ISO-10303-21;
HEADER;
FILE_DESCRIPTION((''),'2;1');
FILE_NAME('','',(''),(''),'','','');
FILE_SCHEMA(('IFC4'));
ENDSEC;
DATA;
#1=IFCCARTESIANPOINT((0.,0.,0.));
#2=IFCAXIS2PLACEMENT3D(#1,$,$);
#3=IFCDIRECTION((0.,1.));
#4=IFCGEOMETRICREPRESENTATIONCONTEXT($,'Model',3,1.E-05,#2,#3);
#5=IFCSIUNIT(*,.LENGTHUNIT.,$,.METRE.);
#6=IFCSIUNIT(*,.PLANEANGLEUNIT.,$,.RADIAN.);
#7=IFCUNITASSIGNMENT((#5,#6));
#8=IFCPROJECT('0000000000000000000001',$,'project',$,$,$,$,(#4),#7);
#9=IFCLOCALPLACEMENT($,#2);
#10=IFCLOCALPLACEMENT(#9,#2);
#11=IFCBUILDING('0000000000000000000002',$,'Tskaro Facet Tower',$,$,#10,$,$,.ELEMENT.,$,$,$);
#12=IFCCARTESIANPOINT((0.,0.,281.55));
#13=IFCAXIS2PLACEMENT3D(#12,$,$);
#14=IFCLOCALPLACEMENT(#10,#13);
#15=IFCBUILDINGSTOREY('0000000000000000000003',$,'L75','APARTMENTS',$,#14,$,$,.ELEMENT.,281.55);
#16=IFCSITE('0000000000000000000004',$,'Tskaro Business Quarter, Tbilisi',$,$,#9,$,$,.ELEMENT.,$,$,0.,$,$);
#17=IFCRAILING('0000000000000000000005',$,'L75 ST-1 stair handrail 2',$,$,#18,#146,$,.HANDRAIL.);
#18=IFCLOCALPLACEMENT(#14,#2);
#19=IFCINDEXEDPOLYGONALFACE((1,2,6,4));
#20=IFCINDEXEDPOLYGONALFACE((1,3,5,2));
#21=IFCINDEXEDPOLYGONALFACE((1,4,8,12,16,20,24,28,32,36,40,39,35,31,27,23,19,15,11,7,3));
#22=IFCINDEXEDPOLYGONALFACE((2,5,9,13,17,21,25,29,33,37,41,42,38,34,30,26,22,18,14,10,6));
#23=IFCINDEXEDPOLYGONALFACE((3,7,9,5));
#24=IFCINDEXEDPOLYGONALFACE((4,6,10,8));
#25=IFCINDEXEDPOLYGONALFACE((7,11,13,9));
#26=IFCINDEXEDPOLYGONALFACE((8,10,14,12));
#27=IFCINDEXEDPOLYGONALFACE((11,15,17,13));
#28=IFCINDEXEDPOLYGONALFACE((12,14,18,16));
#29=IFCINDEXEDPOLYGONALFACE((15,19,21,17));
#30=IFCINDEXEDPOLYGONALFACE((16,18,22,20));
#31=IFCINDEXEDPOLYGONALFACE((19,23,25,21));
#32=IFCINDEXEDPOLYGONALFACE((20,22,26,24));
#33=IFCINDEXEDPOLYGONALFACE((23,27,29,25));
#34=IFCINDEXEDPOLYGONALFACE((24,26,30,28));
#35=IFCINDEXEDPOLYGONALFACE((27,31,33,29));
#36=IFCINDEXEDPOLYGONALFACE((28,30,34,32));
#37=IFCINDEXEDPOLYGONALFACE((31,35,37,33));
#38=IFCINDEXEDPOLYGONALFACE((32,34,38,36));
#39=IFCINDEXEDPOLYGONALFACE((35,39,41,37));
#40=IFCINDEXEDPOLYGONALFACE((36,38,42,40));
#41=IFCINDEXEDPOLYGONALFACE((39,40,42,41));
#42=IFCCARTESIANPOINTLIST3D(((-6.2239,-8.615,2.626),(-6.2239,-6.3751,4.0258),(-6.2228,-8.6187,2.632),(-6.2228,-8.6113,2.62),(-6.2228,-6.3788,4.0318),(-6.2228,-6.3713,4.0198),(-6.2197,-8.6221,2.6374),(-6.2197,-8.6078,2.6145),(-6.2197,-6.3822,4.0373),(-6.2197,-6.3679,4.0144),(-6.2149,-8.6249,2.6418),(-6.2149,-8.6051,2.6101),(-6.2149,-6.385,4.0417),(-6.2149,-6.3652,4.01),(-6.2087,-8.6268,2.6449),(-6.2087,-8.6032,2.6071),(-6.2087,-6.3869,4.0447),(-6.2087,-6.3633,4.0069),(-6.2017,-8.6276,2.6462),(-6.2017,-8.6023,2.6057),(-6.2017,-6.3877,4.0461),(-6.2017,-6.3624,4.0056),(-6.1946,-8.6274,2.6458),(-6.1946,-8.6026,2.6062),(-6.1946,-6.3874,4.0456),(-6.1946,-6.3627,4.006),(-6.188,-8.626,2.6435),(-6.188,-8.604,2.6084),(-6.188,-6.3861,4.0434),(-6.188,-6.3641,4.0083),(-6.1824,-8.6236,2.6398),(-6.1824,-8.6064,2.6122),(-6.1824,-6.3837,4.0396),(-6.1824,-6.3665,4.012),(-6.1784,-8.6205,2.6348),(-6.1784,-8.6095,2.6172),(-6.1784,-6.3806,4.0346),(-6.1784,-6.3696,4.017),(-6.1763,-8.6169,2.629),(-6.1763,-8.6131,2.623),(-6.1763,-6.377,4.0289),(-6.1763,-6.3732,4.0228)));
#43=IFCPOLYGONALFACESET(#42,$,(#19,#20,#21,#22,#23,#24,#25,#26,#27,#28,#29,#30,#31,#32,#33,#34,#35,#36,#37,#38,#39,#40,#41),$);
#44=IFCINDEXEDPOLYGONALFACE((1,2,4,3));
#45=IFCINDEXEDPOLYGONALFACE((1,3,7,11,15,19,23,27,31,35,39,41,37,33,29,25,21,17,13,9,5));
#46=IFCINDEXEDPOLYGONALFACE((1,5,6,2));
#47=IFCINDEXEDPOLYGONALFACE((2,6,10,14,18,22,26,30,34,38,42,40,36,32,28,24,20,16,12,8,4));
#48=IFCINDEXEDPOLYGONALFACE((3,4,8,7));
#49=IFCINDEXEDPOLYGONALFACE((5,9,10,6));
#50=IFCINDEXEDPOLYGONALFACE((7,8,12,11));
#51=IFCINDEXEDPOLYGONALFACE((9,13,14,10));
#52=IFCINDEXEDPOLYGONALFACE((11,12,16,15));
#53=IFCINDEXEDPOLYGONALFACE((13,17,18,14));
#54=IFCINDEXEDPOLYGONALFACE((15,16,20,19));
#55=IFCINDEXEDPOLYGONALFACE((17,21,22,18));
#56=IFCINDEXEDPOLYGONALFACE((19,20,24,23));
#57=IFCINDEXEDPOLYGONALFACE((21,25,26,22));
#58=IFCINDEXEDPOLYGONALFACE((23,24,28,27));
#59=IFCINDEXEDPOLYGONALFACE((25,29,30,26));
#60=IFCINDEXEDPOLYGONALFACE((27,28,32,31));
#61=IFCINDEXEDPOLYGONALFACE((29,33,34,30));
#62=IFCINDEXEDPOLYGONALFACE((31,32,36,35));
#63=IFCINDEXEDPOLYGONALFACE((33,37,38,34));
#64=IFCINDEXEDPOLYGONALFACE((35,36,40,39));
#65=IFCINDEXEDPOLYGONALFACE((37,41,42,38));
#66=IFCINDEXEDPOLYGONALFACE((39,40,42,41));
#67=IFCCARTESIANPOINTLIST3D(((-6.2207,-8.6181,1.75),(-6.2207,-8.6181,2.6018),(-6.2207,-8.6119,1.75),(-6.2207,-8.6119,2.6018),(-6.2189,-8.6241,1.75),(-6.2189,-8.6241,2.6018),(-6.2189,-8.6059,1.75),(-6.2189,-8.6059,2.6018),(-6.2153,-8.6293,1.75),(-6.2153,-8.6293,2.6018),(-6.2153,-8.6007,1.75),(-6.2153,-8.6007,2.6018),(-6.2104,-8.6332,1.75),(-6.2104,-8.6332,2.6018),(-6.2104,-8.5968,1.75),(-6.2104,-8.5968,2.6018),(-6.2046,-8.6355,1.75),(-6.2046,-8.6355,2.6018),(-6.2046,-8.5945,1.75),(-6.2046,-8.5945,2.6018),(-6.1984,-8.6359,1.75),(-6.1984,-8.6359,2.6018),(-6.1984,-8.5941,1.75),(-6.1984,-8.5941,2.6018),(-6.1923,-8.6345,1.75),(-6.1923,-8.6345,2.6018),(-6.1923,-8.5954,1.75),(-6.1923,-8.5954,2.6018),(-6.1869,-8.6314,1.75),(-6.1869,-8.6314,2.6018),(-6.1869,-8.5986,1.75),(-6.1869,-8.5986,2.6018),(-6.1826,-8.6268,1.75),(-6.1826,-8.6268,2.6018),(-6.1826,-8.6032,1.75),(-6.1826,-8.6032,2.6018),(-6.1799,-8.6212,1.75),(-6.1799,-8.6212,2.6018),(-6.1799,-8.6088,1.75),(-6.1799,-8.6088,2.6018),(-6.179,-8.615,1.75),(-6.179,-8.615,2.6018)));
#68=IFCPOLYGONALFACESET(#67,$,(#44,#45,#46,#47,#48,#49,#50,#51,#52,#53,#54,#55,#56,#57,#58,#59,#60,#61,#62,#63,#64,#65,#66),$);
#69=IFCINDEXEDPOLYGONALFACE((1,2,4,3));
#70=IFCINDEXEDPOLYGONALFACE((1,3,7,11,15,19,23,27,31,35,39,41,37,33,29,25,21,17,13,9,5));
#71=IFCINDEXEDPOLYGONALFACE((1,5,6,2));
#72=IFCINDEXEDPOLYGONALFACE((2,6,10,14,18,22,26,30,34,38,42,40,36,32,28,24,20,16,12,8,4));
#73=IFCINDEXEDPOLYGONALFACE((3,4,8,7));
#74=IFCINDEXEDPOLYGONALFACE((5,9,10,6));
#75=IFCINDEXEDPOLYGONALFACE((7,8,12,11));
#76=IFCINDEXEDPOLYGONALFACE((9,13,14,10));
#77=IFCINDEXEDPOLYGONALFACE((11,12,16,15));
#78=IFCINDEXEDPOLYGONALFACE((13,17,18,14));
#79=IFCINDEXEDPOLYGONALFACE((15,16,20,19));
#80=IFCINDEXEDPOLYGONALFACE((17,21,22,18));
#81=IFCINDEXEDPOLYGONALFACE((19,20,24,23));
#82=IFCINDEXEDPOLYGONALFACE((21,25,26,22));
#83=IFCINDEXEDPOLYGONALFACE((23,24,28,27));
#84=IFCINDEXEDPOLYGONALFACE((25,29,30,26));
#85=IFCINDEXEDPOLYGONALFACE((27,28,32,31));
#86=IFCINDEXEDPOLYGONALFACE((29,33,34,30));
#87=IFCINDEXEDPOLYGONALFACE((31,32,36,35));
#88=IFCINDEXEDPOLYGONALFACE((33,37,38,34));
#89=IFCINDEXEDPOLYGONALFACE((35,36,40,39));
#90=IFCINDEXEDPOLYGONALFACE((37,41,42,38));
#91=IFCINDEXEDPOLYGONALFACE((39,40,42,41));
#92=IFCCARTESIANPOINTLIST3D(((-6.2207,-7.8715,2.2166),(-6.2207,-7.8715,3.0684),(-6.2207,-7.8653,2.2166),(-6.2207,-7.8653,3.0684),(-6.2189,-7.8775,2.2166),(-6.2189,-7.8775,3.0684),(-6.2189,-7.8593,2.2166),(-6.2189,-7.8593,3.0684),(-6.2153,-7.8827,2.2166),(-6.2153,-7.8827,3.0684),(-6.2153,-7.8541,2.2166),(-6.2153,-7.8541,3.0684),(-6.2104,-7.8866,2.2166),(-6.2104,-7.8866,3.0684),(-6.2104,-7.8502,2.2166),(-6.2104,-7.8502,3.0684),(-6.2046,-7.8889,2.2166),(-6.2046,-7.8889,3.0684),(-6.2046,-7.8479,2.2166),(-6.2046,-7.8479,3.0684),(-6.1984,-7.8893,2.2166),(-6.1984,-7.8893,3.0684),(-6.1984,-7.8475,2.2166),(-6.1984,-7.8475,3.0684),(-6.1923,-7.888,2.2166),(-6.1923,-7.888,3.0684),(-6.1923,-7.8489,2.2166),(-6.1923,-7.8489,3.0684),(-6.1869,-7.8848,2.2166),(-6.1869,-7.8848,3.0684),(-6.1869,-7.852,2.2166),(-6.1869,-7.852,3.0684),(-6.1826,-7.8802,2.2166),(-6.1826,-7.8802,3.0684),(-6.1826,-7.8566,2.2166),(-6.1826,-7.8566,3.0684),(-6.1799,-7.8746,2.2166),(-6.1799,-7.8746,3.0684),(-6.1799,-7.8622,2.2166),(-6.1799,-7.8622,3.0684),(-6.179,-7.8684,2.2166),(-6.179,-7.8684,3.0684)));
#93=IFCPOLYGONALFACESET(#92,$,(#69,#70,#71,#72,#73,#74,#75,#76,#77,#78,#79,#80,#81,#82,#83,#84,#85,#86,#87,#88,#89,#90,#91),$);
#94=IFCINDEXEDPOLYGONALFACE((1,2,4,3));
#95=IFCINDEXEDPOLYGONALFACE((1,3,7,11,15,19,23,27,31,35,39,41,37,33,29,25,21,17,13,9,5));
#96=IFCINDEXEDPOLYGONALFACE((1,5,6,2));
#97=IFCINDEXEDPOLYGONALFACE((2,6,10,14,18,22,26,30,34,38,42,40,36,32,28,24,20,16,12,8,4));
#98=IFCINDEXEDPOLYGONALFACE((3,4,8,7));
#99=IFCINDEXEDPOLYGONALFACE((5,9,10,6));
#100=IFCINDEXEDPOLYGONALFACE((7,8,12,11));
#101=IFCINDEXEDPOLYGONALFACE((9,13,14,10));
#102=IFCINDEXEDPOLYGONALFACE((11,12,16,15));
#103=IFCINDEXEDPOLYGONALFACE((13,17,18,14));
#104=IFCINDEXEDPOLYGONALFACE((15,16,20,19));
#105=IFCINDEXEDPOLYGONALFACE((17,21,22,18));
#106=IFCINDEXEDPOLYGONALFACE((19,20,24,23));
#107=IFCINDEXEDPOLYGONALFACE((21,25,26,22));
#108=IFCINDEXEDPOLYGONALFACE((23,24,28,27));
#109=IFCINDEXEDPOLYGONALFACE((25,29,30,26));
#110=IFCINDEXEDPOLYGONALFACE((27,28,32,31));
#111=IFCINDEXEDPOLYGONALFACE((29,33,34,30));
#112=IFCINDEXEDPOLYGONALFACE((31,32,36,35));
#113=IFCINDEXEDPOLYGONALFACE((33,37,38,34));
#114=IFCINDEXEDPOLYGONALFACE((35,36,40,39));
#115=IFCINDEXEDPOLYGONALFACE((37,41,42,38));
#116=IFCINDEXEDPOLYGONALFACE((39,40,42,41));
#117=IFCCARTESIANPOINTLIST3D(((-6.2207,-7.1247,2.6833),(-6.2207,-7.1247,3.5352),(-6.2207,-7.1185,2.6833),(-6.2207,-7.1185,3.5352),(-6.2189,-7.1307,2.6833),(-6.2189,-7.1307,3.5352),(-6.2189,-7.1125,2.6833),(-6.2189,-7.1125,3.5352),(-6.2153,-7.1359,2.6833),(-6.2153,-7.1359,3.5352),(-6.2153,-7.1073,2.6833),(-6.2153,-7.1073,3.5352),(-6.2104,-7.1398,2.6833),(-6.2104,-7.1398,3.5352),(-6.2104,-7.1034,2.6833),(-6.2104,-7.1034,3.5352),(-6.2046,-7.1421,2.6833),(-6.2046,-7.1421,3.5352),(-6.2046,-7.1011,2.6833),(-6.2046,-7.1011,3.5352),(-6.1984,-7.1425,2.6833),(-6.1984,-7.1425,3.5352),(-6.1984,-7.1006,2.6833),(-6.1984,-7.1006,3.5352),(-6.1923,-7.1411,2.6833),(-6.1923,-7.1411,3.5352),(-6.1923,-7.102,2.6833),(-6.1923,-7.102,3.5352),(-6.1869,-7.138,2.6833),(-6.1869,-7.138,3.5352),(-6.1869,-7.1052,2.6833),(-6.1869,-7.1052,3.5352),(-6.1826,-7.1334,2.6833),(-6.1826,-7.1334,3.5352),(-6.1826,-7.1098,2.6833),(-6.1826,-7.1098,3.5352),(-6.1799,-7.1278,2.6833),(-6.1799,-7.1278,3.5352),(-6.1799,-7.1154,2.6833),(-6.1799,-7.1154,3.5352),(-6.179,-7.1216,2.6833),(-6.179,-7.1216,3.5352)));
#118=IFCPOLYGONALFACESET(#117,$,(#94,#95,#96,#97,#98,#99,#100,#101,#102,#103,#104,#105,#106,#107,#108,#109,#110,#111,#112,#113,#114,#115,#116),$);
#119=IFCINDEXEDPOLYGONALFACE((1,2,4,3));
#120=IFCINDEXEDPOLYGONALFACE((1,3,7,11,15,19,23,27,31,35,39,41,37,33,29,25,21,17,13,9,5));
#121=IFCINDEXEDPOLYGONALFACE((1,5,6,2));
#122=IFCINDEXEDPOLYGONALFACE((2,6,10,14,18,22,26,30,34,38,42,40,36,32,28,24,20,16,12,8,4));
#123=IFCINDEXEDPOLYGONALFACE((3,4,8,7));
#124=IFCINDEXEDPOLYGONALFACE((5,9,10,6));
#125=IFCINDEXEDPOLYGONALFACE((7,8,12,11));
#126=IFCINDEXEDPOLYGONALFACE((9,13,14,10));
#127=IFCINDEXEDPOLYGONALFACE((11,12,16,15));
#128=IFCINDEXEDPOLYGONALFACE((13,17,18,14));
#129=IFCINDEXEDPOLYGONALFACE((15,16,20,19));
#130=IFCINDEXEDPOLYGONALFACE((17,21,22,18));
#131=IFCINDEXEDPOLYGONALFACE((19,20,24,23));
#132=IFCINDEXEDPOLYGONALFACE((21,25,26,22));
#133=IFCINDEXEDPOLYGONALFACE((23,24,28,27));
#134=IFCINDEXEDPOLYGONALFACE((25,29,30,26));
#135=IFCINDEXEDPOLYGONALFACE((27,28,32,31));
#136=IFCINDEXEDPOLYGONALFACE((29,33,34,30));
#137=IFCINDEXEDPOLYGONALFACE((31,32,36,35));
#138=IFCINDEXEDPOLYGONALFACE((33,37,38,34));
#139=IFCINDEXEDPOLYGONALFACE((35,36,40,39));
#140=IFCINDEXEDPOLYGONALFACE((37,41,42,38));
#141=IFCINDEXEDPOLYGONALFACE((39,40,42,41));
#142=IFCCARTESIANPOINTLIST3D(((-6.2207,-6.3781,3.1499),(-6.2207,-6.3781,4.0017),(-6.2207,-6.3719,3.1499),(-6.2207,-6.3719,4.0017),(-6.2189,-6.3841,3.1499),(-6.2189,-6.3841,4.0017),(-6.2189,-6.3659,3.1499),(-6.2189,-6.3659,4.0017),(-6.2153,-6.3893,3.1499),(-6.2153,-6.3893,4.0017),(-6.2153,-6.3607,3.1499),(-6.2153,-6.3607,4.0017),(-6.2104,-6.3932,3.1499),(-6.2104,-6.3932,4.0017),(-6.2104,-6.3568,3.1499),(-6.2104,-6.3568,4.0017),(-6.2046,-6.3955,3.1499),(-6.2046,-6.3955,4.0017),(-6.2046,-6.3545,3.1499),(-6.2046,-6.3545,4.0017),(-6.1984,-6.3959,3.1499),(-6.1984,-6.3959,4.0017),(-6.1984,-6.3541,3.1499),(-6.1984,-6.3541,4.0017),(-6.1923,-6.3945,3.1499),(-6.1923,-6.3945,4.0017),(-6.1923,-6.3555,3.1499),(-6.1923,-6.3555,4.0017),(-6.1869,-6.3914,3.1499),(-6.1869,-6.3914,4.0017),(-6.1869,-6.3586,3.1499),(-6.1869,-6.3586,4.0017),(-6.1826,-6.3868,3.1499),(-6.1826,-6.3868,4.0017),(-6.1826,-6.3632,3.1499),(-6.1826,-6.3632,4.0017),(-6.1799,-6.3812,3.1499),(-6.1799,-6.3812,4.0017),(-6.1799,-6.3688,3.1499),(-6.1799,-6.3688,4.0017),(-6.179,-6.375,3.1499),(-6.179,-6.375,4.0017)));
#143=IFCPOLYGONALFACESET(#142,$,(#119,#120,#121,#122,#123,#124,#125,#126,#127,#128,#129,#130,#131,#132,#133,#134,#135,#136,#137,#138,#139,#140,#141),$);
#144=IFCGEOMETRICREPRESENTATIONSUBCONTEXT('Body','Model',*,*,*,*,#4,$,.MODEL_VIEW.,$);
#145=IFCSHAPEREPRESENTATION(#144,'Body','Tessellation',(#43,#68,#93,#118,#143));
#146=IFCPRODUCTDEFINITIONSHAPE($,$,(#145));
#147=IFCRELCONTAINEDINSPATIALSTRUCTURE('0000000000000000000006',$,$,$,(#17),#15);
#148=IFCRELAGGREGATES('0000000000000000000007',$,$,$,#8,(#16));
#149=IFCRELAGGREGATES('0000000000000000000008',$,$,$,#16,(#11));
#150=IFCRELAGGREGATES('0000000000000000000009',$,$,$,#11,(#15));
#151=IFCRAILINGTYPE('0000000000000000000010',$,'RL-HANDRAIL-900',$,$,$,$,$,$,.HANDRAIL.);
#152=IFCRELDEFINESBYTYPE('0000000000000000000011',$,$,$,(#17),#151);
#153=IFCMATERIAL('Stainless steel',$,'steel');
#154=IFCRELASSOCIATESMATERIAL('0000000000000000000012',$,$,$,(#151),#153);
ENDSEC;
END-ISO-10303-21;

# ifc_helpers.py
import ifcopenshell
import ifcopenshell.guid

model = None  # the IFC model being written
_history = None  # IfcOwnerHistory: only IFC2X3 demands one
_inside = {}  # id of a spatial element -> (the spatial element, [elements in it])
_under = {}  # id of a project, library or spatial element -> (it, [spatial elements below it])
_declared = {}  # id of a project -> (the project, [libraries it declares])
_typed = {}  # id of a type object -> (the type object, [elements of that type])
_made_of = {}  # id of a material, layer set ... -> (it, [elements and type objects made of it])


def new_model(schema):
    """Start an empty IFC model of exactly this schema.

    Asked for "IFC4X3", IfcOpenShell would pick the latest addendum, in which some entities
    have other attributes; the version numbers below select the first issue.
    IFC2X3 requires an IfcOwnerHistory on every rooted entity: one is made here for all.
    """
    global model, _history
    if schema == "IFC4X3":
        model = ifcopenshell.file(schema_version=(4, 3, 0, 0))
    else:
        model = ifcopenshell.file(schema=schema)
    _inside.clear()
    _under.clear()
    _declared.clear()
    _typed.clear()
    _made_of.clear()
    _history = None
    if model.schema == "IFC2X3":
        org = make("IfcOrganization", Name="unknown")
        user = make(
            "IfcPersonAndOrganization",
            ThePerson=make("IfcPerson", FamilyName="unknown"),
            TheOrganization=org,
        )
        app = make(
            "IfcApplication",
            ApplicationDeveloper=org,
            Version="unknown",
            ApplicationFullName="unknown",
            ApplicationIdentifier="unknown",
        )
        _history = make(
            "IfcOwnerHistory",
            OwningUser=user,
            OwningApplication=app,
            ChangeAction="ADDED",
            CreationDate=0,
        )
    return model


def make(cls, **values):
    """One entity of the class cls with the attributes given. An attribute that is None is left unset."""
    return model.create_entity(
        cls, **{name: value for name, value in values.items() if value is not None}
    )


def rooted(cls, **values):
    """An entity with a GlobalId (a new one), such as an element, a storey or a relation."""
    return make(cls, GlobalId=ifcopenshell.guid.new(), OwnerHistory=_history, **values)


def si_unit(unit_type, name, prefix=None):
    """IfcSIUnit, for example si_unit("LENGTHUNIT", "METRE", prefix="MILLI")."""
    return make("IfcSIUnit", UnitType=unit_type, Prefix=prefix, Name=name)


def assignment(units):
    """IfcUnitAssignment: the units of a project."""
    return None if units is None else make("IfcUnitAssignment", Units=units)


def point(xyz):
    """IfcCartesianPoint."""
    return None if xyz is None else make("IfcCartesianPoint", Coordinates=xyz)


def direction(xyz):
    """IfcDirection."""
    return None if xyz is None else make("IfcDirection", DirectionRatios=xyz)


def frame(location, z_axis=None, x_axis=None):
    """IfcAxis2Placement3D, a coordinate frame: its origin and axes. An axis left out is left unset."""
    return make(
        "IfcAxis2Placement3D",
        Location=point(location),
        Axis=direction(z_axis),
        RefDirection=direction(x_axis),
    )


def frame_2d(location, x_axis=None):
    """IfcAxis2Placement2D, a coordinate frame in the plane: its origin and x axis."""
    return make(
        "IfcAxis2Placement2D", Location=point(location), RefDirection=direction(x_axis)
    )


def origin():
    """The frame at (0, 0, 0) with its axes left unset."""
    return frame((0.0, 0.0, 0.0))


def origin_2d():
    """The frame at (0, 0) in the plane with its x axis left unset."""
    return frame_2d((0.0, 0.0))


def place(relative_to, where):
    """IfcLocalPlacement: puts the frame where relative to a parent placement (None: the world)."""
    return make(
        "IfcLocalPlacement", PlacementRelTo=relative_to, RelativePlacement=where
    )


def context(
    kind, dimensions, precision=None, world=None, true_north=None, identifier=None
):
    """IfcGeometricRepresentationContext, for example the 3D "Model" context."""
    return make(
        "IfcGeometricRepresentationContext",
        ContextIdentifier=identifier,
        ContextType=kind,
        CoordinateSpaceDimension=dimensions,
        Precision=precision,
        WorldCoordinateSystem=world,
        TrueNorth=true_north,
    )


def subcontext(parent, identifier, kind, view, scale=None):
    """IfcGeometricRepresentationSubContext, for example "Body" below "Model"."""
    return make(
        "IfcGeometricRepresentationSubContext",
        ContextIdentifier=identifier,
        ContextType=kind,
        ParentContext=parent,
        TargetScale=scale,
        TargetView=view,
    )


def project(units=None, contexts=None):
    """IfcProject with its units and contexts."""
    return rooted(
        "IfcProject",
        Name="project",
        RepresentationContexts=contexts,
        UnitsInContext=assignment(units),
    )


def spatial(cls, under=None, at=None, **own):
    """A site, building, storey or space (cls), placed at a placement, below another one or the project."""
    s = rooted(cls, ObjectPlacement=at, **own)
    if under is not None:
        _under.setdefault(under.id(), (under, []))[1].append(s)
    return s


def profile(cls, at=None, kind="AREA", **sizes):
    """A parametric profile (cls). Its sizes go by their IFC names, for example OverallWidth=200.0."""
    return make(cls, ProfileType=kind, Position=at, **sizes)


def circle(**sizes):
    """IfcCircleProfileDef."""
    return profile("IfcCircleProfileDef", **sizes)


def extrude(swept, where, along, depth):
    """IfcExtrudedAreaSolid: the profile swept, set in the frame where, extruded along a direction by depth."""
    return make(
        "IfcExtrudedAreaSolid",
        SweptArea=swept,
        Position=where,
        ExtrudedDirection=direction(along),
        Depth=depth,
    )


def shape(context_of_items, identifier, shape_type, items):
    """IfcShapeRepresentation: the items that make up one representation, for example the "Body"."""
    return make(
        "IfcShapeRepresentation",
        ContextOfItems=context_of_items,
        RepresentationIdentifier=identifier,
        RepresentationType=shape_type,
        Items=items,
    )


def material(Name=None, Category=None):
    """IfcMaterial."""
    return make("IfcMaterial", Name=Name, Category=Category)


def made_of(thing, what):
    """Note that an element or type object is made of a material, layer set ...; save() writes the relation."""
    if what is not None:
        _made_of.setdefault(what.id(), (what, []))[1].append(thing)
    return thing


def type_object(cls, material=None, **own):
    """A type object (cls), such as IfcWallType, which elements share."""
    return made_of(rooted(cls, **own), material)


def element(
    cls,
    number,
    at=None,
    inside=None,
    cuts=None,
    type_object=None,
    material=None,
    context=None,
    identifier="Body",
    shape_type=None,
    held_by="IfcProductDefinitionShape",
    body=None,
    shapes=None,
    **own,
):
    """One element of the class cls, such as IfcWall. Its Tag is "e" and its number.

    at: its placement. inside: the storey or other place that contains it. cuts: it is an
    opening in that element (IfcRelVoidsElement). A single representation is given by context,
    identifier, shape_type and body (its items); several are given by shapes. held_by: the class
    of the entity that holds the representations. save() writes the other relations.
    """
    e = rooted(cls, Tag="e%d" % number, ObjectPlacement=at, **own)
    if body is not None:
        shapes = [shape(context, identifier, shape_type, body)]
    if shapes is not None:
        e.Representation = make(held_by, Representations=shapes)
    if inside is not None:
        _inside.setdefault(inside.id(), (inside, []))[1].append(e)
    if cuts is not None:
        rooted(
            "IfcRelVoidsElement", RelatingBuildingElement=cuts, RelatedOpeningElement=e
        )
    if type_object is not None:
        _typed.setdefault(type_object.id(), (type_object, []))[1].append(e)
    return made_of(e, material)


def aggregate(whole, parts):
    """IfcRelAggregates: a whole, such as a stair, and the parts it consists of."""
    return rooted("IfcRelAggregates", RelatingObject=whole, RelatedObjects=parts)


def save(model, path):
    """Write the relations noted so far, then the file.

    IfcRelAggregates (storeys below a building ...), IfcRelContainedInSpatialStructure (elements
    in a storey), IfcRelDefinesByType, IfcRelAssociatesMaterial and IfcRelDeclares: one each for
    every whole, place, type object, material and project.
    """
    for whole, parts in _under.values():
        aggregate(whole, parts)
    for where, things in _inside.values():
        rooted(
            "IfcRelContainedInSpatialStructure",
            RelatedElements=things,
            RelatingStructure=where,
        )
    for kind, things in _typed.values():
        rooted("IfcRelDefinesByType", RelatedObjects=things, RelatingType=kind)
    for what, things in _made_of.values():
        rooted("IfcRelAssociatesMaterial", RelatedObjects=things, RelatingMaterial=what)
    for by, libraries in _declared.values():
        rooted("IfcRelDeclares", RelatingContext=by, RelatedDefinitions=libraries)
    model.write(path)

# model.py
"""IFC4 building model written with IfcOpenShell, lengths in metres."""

from ifc_helpers import new_model, si_unit, direction, frame, origin, origin_2d, place, context, subcontext, project, spatial, circle, extrude, material, type_object, element, save


model = new_model("IFC4")

# Units and contexts
model_context = context("Model", 3, precision=1e-05, world=origin(), true_north=direction((0.0, 1.0)))
body_context = subcontext(model_context, "Body", "Model", "MODEL_VIEW")
ifc_project = project(units=[si_unit("LENGTHUNIT", "METRE"), si_unit("PLANEANGLEUNIT", "RADIAN")], contexts=[model_context])

# Site, building, storey
site_placement = place(None, origin())
site = spatial("IfcSite", under=ifc_project, at=site_placement, Name="Tskaro Business Quarter, Tbilisi", CompositionType="ELEMENT", RefElevation=0.0)
building_placement = place(site_placement, origin())
building = spatial("IfcBuilding", under=site, at=building_placement, Name="Tskaro Facet Tower", CompositionType="ELEMENT")
storey_placement = place(building_placement, frame((0.0, 0.0, 281.55)))
storey = spatial("IfcBuildingStorey", under=building, at=storey_placement, Name="L75", Description="APARTMENTS", CompositionType="ELEMENT", Elevation=281.55)

# Shared definitions
ifc_material_1 = material(Name="Stainless steel", Category="steel")

# Railing
railing_type_1 = type_object("IfcRailingType", Name="RL-HANDRAIL-900", PredefinedType="HANDRAIL", material=ifc_material_1)
railing_1_placement = place(storey_placement, frame((-6.2, -8.615, 1.75)))
element("IfcRailing", 1, at=railing_1_placement, inside=storey, type_object=railing_type_1, Name="L75 ST-1 stair handrail 2", PredefinedType="HANDRAIL", context=body_context, shape_type="SweptSolid", body=[
    extrude(circle(Radius=0.0239, at=origin_2d()), frame((0.0, 0.0, 0.876), z_axis=(0.0, 0.848014, 0.529974), x_axis=(-1.0, 0.0, 0.0)), (0.0, 0.0, 1.0), 2.6414),
    extrude(circle(Radius=0.021, at=origin_2d()), origin(), (0.0, 0.0, 1.0), 0.8518),
    extrude(circle(Radius=0.021, at=origin_2d()), frame((0.0, 0.7466, 0.4666)), (0.0, 0.0, 1.0), 0.8518),
    extrude(circle(Radius=0.021, at=origin_2d()), frame((0.0, 1.4934, 0.9333)), (0.0, 0.0, 1.0), 0.8518),
    extrude(circle(Radius=0.021, at=origin_2d()), frame((0.0, 2.24, 1.3999)), (0.0, 0.0, 1.0), 0.8518),
])

save(model, "model.ifc")
